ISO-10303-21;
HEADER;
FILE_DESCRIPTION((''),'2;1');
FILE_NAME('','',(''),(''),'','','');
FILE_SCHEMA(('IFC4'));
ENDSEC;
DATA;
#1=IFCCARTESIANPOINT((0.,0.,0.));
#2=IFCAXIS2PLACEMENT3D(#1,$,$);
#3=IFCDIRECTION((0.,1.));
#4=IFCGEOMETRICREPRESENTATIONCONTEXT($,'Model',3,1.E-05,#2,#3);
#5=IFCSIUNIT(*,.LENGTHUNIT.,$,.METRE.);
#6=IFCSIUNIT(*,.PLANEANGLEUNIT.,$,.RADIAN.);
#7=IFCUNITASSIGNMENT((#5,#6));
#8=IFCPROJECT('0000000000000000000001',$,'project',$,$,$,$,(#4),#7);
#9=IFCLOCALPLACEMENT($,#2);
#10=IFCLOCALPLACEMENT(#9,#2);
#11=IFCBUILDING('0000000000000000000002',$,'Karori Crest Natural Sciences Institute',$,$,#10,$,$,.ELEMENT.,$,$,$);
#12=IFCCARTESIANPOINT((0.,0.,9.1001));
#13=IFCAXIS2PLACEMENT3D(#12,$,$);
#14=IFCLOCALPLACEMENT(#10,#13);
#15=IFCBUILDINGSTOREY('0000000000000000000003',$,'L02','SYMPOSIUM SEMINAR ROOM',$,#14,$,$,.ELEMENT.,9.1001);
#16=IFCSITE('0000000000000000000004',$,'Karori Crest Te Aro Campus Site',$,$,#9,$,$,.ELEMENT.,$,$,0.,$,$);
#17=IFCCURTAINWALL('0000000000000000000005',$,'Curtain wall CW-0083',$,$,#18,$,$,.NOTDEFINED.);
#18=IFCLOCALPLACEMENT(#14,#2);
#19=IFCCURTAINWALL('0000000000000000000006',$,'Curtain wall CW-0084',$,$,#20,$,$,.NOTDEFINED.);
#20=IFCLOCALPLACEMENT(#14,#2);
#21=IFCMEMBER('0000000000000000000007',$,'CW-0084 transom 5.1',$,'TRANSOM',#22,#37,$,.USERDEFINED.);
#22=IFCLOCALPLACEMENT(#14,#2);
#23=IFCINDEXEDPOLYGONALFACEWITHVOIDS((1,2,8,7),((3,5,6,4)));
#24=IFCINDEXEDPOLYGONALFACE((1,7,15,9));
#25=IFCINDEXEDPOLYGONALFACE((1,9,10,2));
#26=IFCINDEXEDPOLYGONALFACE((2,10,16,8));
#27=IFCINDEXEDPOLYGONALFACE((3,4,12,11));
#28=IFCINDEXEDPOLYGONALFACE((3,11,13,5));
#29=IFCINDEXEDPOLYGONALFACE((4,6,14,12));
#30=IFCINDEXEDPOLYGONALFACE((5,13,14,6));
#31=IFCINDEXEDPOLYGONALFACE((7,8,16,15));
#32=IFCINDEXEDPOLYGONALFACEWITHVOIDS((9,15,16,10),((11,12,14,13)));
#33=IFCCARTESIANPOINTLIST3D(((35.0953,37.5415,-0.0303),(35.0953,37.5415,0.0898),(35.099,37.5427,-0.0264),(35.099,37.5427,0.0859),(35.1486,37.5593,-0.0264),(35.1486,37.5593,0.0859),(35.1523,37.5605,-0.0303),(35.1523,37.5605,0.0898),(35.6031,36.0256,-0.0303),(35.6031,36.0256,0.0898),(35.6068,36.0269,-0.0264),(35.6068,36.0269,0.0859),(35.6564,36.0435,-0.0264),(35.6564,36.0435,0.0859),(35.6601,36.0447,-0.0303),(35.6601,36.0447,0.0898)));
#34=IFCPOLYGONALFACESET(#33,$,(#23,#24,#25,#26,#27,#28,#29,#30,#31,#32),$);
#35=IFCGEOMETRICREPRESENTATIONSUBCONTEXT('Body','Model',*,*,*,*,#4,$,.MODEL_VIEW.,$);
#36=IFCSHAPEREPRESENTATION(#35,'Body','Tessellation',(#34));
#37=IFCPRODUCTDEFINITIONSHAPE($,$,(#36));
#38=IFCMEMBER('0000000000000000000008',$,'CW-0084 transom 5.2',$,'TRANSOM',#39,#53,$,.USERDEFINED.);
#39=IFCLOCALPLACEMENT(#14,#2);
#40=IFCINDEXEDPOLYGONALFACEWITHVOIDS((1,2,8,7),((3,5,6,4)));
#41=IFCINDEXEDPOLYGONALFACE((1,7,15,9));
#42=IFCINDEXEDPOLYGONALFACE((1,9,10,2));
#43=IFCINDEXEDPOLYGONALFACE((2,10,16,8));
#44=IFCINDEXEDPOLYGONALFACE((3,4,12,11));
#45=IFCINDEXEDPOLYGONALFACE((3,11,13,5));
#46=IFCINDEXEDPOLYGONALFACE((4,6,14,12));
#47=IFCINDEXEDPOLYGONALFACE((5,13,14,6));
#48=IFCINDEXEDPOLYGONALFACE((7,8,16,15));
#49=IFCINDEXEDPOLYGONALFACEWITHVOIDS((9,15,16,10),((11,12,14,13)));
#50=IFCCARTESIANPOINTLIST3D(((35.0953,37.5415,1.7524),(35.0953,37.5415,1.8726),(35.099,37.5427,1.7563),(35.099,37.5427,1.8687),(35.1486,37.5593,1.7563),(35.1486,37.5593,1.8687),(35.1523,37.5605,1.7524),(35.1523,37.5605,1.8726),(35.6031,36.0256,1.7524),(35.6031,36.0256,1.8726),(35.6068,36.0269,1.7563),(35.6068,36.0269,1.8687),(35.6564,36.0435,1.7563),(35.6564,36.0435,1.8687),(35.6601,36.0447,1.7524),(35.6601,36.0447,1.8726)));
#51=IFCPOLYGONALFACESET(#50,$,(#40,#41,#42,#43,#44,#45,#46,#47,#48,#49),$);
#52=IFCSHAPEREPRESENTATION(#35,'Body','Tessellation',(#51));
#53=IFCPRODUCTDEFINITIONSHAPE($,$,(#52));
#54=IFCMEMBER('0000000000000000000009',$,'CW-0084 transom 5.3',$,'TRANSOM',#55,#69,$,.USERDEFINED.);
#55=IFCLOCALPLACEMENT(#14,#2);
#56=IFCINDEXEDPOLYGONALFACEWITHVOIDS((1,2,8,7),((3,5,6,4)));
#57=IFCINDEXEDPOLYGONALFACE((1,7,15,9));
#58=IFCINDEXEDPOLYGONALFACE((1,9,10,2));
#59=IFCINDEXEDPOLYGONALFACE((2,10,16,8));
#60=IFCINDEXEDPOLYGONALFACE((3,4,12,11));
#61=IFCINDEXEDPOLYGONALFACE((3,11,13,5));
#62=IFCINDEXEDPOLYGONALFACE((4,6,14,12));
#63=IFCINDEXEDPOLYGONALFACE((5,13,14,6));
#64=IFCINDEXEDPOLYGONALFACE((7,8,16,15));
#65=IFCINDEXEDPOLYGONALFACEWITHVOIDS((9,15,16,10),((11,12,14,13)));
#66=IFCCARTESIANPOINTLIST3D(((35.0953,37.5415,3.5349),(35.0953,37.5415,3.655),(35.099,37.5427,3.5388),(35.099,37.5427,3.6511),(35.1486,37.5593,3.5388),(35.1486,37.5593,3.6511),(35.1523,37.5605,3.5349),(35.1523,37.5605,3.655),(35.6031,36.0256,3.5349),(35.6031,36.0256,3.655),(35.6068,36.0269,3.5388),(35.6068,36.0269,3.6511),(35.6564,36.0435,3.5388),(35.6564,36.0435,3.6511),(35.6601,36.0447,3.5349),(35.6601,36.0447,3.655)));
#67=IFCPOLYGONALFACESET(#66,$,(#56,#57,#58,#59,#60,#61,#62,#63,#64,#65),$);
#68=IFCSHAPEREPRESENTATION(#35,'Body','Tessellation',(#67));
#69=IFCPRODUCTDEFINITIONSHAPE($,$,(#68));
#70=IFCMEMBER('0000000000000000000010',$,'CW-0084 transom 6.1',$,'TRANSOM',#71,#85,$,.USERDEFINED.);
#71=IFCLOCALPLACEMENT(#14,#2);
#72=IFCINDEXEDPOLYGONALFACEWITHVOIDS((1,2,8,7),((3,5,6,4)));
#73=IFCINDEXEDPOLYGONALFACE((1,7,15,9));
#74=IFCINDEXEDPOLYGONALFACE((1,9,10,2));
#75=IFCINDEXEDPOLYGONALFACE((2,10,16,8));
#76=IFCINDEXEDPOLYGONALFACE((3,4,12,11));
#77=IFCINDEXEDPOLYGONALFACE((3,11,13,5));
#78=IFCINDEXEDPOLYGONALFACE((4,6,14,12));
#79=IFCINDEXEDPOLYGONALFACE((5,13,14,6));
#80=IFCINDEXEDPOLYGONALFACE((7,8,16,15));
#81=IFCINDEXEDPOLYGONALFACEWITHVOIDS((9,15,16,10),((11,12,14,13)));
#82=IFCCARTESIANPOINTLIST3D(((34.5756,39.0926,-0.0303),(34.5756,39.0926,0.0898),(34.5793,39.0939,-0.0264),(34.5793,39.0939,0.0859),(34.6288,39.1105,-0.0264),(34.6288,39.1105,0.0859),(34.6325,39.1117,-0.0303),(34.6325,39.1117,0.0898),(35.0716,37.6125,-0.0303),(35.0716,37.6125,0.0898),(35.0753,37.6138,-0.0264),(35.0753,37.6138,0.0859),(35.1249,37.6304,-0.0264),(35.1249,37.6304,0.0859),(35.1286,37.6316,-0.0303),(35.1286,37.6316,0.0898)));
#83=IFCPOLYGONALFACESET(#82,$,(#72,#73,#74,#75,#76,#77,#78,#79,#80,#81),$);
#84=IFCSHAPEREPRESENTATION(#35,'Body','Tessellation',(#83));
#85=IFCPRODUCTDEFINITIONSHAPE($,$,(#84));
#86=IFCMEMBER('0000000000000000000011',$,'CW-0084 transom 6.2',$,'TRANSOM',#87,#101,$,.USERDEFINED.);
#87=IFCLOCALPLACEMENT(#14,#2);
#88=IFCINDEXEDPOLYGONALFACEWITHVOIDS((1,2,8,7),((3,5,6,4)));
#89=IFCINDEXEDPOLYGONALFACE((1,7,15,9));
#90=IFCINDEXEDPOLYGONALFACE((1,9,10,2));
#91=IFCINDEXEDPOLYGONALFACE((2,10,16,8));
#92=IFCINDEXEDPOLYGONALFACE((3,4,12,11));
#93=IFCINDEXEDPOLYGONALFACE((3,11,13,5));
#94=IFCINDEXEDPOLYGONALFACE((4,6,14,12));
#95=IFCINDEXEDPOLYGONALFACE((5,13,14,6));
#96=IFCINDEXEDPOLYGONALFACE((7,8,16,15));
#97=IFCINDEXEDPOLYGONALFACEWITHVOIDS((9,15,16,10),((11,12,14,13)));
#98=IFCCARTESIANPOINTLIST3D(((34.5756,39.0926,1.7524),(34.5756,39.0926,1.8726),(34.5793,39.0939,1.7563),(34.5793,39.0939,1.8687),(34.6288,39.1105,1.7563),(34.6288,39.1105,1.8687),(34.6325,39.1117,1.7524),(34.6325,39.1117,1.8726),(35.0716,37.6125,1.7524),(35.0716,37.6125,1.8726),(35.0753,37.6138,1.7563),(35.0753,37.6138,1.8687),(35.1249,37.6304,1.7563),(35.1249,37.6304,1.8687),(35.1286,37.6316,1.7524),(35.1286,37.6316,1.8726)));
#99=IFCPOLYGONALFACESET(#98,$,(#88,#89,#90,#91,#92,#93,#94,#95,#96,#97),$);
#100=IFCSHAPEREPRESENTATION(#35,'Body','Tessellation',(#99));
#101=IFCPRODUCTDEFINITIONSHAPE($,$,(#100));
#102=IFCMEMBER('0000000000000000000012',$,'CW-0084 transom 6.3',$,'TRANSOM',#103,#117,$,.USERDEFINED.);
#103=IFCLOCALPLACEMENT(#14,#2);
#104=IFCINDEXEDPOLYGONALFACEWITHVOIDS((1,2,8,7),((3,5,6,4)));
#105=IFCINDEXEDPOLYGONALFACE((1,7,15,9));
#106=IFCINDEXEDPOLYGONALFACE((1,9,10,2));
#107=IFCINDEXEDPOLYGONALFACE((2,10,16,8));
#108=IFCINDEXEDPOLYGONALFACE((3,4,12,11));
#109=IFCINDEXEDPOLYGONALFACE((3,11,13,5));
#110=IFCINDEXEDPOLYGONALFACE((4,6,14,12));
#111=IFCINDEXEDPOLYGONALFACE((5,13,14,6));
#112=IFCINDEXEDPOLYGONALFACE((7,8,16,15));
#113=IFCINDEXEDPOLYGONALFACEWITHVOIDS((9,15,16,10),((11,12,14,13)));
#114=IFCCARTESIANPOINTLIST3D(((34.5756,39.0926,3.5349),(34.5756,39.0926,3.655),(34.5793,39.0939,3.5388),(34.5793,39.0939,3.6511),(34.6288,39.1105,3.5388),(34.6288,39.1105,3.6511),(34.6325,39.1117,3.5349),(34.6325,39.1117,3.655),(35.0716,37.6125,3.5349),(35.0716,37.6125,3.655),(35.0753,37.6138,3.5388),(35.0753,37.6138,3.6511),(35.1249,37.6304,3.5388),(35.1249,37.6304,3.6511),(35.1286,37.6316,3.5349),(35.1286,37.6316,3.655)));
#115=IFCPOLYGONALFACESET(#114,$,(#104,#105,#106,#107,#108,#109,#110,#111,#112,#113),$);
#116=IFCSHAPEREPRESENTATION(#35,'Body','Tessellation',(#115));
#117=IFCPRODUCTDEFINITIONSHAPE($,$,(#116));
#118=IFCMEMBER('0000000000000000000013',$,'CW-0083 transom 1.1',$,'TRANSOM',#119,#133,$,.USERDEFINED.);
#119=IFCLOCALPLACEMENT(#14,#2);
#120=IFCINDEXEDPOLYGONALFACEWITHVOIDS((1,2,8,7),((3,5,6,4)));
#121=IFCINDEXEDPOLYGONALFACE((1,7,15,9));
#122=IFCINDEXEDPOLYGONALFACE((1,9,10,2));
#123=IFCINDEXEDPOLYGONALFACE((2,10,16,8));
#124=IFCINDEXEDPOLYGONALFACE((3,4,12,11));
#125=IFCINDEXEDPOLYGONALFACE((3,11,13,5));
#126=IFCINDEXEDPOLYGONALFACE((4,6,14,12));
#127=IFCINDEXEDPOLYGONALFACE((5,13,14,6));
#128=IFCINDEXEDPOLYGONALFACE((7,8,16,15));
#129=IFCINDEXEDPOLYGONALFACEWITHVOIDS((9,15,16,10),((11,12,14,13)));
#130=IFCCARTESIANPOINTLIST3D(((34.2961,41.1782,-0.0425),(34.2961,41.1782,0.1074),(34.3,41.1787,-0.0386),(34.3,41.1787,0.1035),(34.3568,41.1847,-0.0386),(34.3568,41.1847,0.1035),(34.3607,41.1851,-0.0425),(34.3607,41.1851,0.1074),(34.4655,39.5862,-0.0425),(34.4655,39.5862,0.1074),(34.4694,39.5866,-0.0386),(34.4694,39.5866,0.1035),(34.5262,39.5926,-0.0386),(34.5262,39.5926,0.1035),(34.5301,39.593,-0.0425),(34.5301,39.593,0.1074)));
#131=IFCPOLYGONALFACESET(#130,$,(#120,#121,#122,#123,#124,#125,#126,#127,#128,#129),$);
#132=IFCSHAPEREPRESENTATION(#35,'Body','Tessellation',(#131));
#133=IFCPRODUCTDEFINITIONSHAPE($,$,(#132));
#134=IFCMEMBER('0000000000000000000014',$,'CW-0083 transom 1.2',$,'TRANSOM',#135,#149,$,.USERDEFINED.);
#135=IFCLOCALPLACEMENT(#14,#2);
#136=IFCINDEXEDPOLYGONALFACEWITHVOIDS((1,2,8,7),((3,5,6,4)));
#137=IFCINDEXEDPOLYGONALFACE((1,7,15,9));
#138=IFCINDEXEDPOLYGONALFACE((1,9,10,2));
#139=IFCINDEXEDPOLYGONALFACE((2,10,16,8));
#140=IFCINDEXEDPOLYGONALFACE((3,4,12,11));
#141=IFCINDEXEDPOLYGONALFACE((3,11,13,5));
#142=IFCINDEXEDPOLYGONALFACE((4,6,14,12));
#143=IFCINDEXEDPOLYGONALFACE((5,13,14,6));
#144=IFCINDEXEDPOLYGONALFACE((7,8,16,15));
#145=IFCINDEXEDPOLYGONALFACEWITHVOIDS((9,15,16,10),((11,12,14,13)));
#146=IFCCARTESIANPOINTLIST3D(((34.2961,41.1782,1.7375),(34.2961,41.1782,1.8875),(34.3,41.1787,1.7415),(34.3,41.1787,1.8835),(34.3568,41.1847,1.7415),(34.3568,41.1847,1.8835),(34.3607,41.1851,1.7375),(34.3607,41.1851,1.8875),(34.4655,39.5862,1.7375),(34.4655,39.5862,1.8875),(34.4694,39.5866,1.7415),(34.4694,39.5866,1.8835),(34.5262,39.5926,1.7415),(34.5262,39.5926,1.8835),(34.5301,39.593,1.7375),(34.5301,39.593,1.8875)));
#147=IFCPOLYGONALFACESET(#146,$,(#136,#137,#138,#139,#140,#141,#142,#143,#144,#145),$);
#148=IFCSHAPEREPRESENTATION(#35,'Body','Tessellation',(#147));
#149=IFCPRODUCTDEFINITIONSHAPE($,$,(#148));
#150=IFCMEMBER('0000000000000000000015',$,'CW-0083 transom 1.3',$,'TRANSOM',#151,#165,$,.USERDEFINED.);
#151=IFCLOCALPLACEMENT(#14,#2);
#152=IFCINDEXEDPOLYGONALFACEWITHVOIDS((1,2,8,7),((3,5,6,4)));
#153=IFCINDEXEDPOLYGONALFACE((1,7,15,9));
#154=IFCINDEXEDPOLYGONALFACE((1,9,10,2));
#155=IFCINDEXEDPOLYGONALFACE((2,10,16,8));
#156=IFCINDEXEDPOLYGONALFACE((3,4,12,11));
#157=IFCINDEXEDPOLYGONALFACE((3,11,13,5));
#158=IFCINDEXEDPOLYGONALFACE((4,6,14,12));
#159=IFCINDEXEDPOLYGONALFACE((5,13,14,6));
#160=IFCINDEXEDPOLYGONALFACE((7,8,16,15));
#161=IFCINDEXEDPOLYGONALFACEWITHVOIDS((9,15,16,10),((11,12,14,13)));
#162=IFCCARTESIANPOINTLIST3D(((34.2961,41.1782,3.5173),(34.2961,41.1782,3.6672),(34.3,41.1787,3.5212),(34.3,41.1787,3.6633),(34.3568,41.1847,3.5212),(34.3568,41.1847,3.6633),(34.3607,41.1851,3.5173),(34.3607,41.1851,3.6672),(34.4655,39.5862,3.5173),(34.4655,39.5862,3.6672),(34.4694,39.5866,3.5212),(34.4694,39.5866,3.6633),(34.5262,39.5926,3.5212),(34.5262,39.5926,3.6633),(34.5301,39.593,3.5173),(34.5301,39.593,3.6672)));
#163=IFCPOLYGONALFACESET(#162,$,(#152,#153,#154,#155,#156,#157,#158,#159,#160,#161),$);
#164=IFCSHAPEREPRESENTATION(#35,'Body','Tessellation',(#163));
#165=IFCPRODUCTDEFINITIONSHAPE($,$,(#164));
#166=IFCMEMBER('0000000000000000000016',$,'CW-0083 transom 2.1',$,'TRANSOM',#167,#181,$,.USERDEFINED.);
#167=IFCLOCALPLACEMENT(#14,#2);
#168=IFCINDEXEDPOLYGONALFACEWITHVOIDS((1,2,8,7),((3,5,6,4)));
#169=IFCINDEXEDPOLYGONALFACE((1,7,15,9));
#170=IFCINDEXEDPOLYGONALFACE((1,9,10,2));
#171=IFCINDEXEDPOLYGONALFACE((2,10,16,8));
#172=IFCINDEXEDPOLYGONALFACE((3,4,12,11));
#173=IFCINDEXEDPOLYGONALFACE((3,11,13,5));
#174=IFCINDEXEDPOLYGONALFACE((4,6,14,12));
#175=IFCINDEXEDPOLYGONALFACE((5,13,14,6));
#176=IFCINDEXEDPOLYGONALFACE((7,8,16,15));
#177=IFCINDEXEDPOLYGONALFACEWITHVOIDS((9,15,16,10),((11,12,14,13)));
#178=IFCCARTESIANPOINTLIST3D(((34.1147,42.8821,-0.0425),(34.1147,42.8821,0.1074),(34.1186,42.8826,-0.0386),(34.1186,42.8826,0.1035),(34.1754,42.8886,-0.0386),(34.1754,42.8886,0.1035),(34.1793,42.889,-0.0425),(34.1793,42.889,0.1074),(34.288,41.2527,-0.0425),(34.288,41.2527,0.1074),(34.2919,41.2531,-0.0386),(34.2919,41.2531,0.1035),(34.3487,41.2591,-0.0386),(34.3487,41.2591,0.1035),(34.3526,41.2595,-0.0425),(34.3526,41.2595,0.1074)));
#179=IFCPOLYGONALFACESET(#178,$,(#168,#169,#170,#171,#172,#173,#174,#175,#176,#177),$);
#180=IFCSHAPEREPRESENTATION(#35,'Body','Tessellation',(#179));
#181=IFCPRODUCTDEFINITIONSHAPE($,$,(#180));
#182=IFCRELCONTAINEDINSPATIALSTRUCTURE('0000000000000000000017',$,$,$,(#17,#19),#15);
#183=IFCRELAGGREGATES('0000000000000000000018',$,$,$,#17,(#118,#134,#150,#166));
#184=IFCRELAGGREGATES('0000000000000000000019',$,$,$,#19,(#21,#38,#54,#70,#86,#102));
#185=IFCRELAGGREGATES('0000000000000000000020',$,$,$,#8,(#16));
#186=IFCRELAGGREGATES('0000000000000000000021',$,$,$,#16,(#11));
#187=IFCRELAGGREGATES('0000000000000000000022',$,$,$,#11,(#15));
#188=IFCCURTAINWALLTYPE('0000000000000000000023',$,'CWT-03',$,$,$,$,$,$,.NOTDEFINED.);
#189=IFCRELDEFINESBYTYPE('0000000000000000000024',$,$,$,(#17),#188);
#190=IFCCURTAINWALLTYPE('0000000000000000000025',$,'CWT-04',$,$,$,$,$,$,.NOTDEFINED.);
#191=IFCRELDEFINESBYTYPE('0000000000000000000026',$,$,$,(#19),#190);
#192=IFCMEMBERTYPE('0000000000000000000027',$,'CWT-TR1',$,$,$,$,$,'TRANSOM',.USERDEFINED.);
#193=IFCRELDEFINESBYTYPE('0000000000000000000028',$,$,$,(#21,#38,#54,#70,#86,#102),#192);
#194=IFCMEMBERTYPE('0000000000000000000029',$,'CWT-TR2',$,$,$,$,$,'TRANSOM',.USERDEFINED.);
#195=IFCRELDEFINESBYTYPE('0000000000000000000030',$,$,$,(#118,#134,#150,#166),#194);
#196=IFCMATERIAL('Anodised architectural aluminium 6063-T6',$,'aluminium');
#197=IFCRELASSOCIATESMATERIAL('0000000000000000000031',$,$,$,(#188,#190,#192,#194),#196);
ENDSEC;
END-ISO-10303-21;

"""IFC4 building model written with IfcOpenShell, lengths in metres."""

from ifc_helpers import new_model, si_unit, direction, frame, origin, origin_2d, place, context, subcontext, project, spatial, hollow_rectangle, extrude, material, material_profile, profile_set, type_object, element, aggregate, save


model = new_model("IFC4")

# Units and contexts
model_context = context("Model", 3, precision=1e-05, world=origin(), true_north=direction((0.0, 1.0)))
body_context = subcontext(model_context, "Body", "Model", "MODEL_VIEW")
ifc_project = project(units=[si_unit("LENGTHUNIT", "METRE"), si_unit("PLANEANGLEUNIT", "RADIAN")], contexts=[model_context])

# Site, building, storey
site_placement = place(None, origin())
site = spatial("IfcSite", under=ifc_project, at=site_placement, Name="Karori Crest Te Aro Campus Site", CompositionType="ELEMENT", RefElevation=0.0)
building_placement = place(site_placement, origin())
building = spatial("IfcBuilding", under=site, at=building_placement, Name="Karori Crest Natural Sciences Institute", CompositionType="ELEMENT")
storey_placement = place(building_placement, frame((0.0, 0.0, 9.1001)))
storey = spatial("IfcBuildingStorey", under=building, at=storey_placement, Name="L02", Description="SYMPOSIUM SEMINAR ROOM", CompositionType="ELEMENT", Elevation=9.1001)

# Curtain walls, members
ifc_material_1 = material(Name="Anodised architectural aluminium 6063-T6", Category="aluminium")
curtain_wall_type_1 = type_object("IfcCurtainWallType", Name="CWT-03", PredefinedType="NOTDEFINED", material=ifc_material_1)
curtain_wall_1_placement = place(storey_placement, origin())
curtain_wall_1 = element("IfcCurtainWall", 1, at=curtain_wall_1_placement, inside=storey, type_object=curtain_wall_type_1, Name="Curtain wall CW-0083", PredefinedType="NOTDEFINED")
curtain_wall_type_2 = type_object("IfcCurtainWallType", Name="CWT-04", PredefinedType="NOTDEFINED", material=ifc_material_1)
curtain_wall_2_placement = place(storey_placement, origin())
curtain_wall_2 = element("IfcCurtainWall", 2, at=curtain_wall_2_placement, inside=storey, type_object=curtain_wall_type_2, Name="Curtain wall CW-0084", PredefinedType="NOTDEFINED")
ifc_material_profile_1 = material_profile(ifc_material_1, hollow_rectangle(XDim=0.0601, YDim=0.1201, WallThickness=0.0039, at=origin_2d()), Name="CWT120x60x4")
ifc_profile_set_1 = profile_set([ifc_material_profile_1], Name="Anodised architectural aluminium 6063-T6")
member_type_1 = type_object("IfcMemberType", Name="CWT-TR1", ElementType="TRANSOM", PredefinedType="USERDEFINED", material=ifc_profile_set_1)
member_1_placement = place(storey_placement, frame((35.6316, 36.0352, 0.0298), z_axis=(-0.317648, 0.948209, 0.0), x_axis=(-0.948209, -0.317648, 0.0)))
member_1 = element("IfcMember", 3, at=member_1_placement, type_object=member_type_1, Name="CW-0084 transom 5.1", ObjectType="TRANSOM", PredefinedType="USERDEFINED", context=body_context, shape_type="SweptSolid", body=[
    extrude(hollow_rectangle(XDim=0.0601, YDim=0.1201, WallThickness=0.0039, at=origin_2d()), origin(), (0.0, 0.0, 1.0), 1.5986),
])
member_2_placement = place(storey_placement, frame((35.6316, 36.0352, 1.8125), z_axis=(-0.317648, 0.948209, 0.0), x_axis=(-0.948209, -0.317648, 0.0)))
member_2 = element("IfcMember", 4, at=member_2_placement, type_object=member_type_1, Name="CW-0084 transom 5.2", ObjectType="TRANSOM", PredefinedType="USERDEFINED", context=body_context, shape_type="SweptSolid", body=[
    extrude(hollow_rectangle(XDim=0.0601, YDim=0.1201, WallThickness=0.0039, at=origin_2d()), origin(), (0.0, 0.0, 1.0), 1.5986),
])
member_3_placement = place(storey_placement, frame((35.6316, 36.0352, 3.595), z_axis=(-0.317648, 0.948209, 0.0), x_axis=(-0.948209, -0.317648, 0.0)))
member_3 = element("IfcMember", 5, at=member_3_placement, type_object=member_type_1, Name="CW-0084 transom 5.3", ObjectType="TRANSOM", PredefinedType="USERDEFINED", context=body_context, shape_type="SweptSolid", body=[
    extrude(hollow_rectangle(XDim=0.0601, YDim=0.1201, WallThickness=0.0039, at=origin_2d()), origin(), (0.0, 0.0, 1.0), 1.5986),
])
member_4_placement = place(storey_placement, frame((35.1001, 37.6221, 0.0298), z_axis=(-0.317776, 0.948166, 0.0), x_axis=(-0.948166, -0.317776, 0.0)))
member_4 = element("IfcMember", 6, at=member_4_placement, type_object=member_type_1, Name="CW-0084 transom 6.1", ObjectType="TRANSOM", PredefinedType="USERDEFINED", context=body_context, shape_type="SweptSolid", body=[
    extrude(hollow_rectangle(XDim=0.0601, YDim=0.1201, WallThickness=0.0039, at=origin_2d()), origin(), (0.0, 0.0, 1.0), 1.561),
])
member_5_placement = place(storey_placement, frame((35.1001, 37.6221, 1.8125), z_axis=(-0.317776, 0.948166, 0.0), x_axis=(-0.948166, -0.317776, 0.0)))
member_5 = element("IfcMember", 7, at=member_5_placement, type_object=member_type_1, Name="CW-0084 transom 6.2", ObjectType="TRANSOM", PredefinedType="USERDEFINED", context=body_context, shape_type="SweptSolid", body=[
    extrude(hollow_rectangle(XDim=0.0601, YDim=0.1201, WallThickness=0.0039, at=origin_2d()), origin(), (0.0, 0.0, 1.0), 1.561),
])
member_6_placement = place(storey_placement, frame((35.1001, 37.6221, 3.595), z_axis=(-0.317776, 0.948166, 0.0), x_axis=(-0.948166, -0.317776, 0.0)))
member_6 = element("IfcMember", 8, at=member_6_placement, type_object=member_type_1, Name="CW-0084 transom 6.3", ObjectType="TRANSOM", PredefinedType="USERDEFINED", context=body_context, shape_type="SweptSolid", body=[
    extrude(hollow_rectangle(XDim=0.0601, YDim=0.1201, WallThickness=0.0039, at=origin_2d()), origin(), (0.0, 0.0, 1.0), 1.561),
])

# Members
ifc_material_profile_2 = material_profile(ifc_material_1, hollow_rectangle(XDim=0.0649, YDim=0.1499, WallThickness=0.0039, at=origin_2d()), Name="CWT150x65x4")
ifc_profile_set_2 = profile_set([ifc_material_profile_2], Name="Anodised architectural aluminium 6063-T6")
member_type_2 = type_object("IfcMemberType", Name="CWT-TR2", ElementType="TRANSOM", PredefinedType="USERDEFINED", material=ifc_profile_set_2)
member_7_placement = place(storey_placement, frame((34.4978, 39.5896, 0.0325), z_axis=(-0.105828, 0.994384, 0.0), x_axis=(-0.994384, -0.105828, 0.0)))
member_7 = element("IfcMember", 9, at=member_7_placement, type_object=member_type_2, Name="CW-0083 transom 1.1", ObjectType="TRANSOM", PredefinedType="USERDEFINED", context=body_context, shape_type="SweptSolid", body=[
    extrude(hollow_rectangle(XDim=0.0649, YDim=0.1499, WallThickness=0.0039, at=origin_2d()), origin(), (0.0, 0.0, 1.0), 1.6011),
])
member_8_placement = place(storey_placement, frame((34.4978, 39.5896, 1.8125), z_axis=(-0.105828, 0.994384, 0.0), x_axis=(-0.994384, -0.105828, 0.0)))
member_8 = element("IfcMember", 10, at=member_8_placement, type_object=member_type_2, Name="CW-0083 transom 1.2", ObjectType="TRANSOM", PredefinedType="USERDEFINED", context=body_context, shape_type="SweptSolid", body=[
    extrude(hollow_rectangle(XDim=0.0649, YDim=0.1499, WallThickness=0.0039, at=origin_2d()), origin(), (0.0, 0.0, 1.0), 1.6011),
])
member_9_placement = place(storey_placement, frame((34.4978, 39.5896, 3.5923), z_axis=(-0.105828, 0.994384, 0.0), x_axis=(-0.994384, -0.105828, 0.0)))
member_9 = element("IfcMember", 11, at=member_9_placement, type_object=member_type_2, Name="CW-0083 transom 1.3", ObjectType="TRANSOM", PredefinedType="USERDEFINED", context=body_context, shape_type="SweptSolid", body=[
    extrude(hollow_rectangle(XDim=0.0649, YDim=0.1499, WallThickness=0.0039, at=origin_2d()), origin(), (0.0, 0.0, 1.0), 1.6011),
])
member_10_placement = place(storey_placement, frame((34.3203, 41.2561, 0.0325), z_axis=(-0.105786, 0.994389, 0.0), x_axis=(-0.994389, -0.105786, 0.0)))
member_10 = element("IfcMember", 12, at=member_10_placement, type_object=member_type_2, Name="CW-0083 transom 2.1", ObjectType="TRANSOM", PredefinedType="USERDEFINED", context=body_context, shape_type="SweptSolid", body=[
    extrude(hollow_rectangle(XDim=0.0649, YDim=0.1499, WallThickness=0.0039, at=origin_2d()), origin(), (0.0, 0.0, 1.0), 1.6387),
])

aggregate(curtain_wall_1, [member_7, member_8, member_9, member_10])
aggregate(curtain_wall_2, [member_1, member_2, member_3, member_4, member_5, member_6])

save(model, "model.ifc")
